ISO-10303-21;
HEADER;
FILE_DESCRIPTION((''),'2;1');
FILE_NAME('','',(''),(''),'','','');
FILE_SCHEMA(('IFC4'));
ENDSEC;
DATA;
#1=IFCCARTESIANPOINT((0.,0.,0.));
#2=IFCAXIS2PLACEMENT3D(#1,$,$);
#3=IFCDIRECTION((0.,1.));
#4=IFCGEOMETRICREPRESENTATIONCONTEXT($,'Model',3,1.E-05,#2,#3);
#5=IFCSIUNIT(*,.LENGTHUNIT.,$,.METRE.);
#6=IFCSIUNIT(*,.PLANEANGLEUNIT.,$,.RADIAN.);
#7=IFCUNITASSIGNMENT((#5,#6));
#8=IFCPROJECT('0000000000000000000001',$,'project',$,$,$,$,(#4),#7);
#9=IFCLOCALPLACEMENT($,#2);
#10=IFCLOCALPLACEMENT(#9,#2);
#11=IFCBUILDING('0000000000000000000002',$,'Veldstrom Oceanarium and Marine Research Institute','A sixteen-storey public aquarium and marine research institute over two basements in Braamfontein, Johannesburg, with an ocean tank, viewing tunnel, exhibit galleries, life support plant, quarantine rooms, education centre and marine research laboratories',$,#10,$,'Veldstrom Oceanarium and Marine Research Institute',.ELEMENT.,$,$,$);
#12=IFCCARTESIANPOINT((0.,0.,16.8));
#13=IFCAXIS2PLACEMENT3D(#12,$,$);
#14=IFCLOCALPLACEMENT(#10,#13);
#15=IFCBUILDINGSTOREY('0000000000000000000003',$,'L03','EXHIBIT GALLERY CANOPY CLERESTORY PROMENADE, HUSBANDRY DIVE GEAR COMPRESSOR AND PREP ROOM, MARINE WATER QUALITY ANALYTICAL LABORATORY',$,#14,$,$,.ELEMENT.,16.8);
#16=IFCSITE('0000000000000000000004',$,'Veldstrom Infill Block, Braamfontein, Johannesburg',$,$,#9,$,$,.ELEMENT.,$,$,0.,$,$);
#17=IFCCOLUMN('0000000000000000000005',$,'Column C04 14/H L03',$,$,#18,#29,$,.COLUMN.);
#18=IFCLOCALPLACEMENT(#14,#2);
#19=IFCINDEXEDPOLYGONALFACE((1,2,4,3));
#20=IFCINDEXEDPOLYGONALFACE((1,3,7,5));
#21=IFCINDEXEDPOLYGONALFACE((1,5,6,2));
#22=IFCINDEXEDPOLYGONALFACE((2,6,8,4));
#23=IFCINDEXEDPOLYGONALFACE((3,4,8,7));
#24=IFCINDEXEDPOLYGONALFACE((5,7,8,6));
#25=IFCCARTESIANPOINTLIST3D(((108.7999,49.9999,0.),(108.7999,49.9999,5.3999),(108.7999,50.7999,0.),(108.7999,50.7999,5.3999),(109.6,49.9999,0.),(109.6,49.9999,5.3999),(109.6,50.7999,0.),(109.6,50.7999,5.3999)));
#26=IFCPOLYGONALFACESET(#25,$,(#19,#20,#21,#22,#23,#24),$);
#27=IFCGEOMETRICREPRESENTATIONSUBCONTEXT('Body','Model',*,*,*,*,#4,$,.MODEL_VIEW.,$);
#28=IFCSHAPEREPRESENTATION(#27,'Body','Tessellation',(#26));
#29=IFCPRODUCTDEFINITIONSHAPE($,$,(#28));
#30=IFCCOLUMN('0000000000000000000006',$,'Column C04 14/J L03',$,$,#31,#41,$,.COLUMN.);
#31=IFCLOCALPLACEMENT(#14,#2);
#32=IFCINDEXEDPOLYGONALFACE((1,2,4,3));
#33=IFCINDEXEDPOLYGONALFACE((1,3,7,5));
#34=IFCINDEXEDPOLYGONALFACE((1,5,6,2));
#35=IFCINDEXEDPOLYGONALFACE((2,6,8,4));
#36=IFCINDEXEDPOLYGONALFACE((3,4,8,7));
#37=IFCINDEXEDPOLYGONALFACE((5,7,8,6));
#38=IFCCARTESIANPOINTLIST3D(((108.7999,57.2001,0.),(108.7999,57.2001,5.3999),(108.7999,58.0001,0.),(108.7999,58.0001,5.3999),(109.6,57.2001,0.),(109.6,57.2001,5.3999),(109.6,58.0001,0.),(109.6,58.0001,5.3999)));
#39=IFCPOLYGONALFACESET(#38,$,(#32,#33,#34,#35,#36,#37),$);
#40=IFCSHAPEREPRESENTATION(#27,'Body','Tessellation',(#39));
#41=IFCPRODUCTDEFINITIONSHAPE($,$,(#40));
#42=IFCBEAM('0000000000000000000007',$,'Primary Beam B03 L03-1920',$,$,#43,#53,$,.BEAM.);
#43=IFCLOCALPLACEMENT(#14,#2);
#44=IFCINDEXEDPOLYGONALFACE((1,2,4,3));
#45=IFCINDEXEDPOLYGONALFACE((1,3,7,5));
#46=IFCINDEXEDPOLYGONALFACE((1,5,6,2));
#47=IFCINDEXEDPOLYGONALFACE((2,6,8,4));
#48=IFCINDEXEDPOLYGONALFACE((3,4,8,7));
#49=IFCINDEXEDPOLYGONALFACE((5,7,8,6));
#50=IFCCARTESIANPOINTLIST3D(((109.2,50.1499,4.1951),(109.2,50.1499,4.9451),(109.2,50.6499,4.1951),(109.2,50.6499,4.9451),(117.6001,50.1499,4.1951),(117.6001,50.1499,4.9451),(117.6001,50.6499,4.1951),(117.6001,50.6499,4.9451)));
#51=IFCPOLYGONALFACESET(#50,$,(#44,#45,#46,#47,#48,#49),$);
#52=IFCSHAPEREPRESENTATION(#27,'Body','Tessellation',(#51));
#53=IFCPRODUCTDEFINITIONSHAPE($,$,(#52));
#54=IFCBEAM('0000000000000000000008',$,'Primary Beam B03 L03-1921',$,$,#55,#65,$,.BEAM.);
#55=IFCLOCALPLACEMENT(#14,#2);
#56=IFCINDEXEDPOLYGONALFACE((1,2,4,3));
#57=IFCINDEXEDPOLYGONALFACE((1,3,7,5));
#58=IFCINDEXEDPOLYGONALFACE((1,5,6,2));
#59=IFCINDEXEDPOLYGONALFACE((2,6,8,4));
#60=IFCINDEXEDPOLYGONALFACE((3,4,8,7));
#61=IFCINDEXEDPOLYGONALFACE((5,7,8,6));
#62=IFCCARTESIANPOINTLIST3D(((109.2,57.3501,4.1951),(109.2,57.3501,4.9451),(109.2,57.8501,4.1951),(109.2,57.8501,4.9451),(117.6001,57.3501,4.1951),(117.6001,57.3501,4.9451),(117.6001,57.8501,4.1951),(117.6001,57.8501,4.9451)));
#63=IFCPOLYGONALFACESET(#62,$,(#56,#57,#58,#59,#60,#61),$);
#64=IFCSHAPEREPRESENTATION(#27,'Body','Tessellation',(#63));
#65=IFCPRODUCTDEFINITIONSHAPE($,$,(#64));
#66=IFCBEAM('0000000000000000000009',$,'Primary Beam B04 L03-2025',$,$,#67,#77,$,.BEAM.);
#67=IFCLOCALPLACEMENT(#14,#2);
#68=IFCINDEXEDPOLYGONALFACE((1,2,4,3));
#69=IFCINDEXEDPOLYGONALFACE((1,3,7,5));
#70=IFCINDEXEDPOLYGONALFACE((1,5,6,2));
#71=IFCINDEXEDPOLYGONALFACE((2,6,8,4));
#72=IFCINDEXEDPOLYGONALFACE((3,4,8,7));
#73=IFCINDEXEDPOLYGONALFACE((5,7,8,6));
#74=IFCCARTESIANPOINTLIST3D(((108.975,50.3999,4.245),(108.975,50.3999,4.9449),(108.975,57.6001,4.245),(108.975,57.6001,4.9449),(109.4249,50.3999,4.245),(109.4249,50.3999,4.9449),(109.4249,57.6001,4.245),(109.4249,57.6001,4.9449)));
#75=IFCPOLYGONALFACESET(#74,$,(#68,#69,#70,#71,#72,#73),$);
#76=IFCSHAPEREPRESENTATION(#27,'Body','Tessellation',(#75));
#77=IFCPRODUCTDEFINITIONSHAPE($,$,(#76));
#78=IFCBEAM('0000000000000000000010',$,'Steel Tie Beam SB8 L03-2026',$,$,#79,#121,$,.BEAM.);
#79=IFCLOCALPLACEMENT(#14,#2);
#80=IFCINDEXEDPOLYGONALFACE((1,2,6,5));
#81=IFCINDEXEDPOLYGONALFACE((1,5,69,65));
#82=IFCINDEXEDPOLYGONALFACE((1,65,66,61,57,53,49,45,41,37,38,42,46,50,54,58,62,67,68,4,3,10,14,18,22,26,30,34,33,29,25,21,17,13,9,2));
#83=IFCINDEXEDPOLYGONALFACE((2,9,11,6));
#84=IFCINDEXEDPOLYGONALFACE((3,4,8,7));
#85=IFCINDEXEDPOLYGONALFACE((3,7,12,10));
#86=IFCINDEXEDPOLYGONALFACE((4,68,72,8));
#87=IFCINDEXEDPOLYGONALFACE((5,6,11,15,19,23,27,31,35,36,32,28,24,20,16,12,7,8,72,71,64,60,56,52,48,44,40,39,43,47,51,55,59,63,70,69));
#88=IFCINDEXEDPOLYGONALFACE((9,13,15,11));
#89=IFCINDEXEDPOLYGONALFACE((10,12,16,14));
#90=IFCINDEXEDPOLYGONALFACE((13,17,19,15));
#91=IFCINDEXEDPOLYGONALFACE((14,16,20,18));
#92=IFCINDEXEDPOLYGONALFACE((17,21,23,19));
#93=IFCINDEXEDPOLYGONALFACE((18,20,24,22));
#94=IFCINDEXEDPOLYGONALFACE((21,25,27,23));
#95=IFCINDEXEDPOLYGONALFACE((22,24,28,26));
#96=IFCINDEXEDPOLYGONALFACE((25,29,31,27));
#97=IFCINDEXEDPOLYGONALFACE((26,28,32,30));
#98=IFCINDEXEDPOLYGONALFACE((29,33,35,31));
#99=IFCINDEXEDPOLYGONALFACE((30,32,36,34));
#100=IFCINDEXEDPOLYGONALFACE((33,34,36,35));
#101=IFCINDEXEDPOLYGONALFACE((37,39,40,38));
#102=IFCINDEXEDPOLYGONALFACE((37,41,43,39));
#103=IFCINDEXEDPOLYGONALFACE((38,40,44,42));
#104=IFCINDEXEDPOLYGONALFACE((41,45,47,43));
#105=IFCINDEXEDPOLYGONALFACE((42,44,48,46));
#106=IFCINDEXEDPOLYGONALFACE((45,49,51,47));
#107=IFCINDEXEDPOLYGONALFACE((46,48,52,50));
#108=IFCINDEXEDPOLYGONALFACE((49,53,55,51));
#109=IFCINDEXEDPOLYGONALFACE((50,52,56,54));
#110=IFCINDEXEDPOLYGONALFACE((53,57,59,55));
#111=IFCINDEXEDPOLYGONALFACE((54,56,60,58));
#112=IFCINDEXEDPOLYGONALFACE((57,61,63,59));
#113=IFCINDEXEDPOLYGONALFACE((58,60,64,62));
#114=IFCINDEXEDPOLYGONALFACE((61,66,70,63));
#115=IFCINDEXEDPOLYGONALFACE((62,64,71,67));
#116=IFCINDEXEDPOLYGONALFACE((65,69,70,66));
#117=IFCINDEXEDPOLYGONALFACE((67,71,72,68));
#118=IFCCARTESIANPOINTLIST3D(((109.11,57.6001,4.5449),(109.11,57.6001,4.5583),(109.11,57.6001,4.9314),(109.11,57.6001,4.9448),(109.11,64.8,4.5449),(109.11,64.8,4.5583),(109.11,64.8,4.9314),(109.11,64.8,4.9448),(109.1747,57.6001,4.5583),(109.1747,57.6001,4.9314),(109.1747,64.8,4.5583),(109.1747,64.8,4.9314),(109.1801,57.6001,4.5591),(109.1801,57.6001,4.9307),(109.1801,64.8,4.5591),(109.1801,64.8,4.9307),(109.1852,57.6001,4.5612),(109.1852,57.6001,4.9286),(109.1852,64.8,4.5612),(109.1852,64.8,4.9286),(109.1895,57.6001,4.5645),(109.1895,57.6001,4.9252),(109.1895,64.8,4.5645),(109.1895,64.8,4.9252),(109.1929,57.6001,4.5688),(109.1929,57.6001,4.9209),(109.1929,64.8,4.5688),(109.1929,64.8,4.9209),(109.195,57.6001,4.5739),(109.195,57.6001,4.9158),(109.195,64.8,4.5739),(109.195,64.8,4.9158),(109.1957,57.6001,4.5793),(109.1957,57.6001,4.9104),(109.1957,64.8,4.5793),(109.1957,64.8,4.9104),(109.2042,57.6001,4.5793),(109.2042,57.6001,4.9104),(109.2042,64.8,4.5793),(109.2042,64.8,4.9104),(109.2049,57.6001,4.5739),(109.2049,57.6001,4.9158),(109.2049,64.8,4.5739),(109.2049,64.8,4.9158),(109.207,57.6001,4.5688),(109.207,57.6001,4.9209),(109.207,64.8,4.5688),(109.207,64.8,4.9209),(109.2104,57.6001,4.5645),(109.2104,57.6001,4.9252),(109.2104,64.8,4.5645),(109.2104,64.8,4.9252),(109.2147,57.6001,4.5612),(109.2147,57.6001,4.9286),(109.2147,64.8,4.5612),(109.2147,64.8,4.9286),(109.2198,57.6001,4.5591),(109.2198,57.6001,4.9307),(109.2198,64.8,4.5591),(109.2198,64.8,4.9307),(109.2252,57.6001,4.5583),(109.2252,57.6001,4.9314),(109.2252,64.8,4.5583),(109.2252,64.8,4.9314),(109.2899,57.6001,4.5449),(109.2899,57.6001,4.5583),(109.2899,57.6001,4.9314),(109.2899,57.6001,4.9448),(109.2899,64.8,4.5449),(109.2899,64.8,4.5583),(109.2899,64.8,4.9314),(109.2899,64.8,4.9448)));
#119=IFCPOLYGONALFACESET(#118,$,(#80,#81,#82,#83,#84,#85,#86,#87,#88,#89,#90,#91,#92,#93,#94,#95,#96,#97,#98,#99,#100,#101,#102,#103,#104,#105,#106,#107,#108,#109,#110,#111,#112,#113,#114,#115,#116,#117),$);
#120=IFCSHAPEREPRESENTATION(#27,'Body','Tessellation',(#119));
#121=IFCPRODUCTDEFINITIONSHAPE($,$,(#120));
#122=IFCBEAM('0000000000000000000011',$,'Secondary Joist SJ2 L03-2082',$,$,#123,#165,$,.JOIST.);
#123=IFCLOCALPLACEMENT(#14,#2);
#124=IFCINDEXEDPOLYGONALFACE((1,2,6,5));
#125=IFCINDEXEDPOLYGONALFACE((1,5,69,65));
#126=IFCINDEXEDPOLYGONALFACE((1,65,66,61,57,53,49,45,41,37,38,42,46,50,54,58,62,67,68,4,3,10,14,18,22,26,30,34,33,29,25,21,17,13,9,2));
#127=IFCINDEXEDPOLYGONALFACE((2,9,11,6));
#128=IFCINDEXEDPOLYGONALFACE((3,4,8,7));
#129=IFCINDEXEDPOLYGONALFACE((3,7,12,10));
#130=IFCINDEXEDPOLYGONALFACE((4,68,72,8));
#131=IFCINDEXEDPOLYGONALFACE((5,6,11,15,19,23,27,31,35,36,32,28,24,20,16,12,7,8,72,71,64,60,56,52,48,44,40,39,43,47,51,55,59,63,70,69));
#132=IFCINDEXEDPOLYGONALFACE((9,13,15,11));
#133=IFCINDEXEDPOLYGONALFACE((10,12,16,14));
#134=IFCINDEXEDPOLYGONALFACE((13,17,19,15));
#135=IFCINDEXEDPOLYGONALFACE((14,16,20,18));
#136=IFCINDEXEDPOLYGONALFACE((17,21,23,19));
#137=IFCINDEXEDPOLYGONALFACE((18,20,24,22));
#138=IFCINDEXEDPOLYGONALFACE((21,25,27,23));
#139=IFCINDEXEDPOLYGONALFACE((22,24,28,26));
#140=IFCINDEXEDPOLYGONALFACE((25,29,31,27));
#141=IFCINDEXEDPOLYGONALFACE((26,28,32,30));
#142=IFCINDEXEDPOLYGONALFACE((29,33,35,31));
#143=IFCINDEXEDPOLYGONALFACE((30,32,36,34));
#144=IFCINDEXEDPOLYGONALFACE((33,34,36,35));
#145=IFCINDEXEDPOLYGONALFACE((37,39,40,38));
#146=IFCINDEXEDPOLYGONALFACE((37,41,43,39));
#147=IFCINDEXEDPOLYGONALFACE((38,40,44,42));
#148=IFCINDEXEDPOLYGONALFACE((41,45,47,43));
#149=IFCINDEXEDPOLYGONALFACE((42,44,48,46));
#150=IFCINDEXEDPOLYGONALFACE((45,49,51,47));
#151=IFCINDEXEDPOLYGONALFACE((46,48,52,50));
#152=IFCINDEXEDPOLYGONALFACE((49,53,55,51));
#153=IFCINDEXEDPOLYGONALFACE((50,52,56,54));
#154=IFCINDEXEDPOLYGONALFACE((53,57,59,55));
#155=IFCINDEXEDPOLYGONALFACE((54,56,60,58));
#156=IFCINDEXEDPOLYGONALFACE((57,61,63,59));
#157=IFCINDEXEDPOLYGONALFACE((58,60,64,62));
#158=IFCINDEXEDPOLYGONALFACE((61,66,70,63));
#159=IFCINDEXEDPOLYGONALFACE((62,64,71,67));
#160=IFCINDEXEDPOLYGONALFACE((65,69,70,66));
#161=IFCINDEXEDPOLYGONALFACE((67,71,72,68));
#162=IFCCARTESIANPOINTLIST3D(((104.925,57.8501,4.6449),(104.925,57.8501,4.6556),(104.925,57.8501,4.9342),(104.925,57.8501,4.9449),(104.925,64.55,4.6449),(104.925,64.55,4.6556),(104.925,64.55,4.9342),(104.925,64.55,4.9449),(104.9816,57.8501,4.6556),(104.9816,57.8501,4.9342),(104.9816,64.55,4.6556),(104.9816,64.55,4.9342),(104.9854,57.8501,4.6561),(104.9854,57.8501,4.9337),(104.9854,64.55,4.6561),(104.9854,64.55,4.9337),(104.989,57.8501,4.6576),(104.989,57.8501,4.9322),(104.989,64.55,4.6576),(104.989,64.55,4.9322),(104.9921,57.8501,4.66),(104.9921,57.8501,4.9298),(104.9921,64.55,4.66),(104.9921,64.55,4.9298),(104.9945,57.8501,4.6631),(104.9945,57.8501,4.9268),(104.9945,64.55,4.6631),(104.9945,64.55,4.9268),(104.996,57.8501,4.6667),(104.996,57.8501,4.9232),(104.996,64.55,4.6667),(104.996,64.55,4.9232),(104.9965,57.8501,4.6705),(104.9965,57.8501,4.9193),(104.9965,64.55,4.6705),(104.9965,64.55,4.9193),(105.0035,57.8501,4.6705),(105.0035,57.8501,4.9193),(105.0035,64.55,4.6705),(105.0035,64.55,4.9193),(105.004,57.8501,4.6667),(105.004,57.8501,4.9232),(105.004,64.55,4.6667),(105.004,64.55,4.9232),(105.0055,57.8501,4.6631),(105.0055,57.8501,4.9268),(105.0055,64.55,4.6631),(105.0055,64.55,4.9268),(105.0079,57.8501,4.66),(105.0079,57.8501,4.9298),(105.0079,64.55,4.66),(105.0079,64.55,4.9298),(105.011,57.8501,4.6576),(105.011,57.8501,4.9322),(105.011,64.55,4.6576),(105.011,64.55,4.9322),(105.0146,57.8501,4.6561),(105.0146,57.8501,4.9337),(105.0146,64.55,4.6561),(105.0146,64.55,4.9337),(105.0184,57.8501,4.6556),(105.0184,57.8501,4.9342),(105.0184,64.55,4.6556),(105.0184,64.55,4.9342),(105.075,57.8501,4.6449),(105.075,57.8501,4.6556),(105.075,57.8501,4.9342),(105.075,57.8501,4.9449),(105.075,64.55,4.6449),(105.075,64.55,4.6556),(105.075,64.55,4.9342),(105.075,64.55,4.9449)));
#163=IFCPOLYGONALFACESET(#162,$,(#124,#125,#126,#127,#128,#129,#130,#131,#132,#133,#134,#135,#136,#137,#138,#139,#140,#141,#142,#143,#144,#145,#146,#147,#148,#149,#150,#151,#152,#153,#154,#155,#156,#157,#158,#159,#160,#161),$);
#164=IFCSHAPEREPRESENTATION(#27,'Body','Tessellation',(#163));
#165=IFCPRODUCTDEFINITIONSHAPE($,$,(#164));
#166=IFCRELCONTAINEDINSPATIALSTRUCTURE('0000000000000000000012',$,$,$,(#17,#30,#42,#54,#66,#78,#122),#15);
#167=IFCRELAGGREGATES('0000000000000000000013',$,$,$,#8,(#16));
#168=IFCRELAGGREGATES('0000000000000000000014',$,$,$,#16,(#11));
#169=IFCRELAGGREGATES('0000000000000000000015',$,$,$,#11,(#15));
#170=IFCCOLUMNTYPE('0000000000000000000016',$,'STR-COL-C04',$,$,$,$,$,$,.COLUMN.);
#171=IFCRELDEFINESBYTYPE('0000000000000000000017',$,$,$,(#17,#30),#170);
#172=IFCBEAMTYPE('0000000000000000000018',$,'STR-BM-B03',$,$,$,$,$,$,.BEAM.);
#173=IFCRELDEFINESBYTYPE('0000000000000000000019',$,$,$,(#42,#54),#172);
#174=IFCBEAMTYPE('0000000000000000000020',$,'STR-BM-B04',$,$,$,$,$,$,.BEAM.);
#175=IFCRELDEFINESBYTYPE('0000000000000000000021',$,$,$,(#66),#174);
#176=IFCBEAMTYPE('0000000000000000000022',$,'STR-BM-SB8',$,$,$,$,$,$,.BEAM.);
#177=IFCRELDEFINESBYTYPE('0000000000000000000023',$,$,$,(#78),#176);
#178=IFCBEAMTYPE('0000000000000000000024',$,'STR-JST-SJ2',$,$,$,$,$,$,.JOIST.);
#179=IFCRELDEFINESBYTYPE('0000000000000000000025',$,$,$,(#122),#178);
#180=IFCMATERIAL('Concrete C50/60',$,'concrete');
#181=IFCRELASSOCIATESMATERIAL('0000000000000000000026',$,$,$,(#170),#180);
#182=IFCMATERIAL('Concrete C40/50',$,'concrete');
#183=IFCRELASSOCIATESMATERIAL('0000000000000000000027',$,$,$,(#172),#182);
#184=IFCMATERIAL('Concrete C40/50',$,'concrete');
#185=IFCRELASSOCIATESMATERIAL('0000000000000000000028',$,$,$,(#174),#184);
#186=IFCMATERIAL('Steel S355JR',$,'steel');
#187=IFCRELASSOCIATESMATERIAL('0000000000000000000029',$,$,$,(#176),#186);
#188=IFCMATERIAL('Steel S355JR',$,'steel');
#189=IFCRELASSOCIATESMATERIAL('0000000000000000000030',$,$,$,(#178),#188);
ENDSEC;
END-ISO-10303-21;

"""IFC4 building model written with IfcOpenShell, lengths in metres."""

from ifc_helpers import new_model, si_unit, direction, frame, origin, origin_2d, place, context, subcontext, project, spatial, rectangle, i_section, extrude, material, material_profile, profile_set, type_object, element, save


model = new_model("IFC4")

# Units and contexts
model_context = context("Model", 3, precision=1e-05, world=origin(), true_north=direction((0.0, 1.0)))
body_context = subcontext(model_context, "Body", "Model", "MODEL_VIEW")
ifc_project = project(units=[si_unit("LENGTHUNIT", "METRE"), si_unit("PLANEANGLEUNIT", "RADIAN")], contexts=[model_context])

# Site, building, storey
site_placement = place(None, origin())
site = spatial("IfcSite", under=ifc_project, at=site_placement, Name="Veldstrom Infill Block, Braamfontein, Johannesburg", CompositionType="ELEMENT", RefElevation=0.0)
building_placement = place(site_placement, origin())
building = spatial("IfcBuilding", under=site, at=building_placement, Name="Veldstrom Oceanarium and Marine Research Institute", Description="A sixteen-storey public aquarium and marine research institute over two basements in Braamfontein, Johannesburg, with an ocean tank, viewing tunnel, exhibit galleries, life support plant, quarantine rooms, education centre and marine research laboratories", LongName="Veldstrom Oceanarium and Marine Research Institute", CompositionType="ELEMENT")
storey_placement = place(building_placement, frame((0.0, 0.0, 16.8)))
storey = spatial("IfcBuildingStorey", under=building, at=storey_placement, Name="L03", Description="EXHIBIT GALLERY CANOPY CLERESTORY PROMENADE, HUSBANDRY DIVE GEAR COMPRESSOR AND PREP ROOM, MARINE WATER QUALITY ANALYTICAL LABORATORY", CompositionType="ELEMENT", Elevation=16.8)

# Columns
ifc_material_1 = material(Name="Concrete C50/60", Category="concrete")
ifc_material_profile_1 = material_profile(ifc_material_1, rectangle(XDim=0.8, YDim=0.8, at=origin_2d()), Name="RC-COL-800x800")
ifc_profile_set_1 = profile_set([ifc_material_profile_1], Name="Concrete C50/60")
column_type = type_object("IfcColumnType", Name="STR-COL-C04", PredefinedType="COLUMN", material=ifc_profile_set_1)
for number, where, z_axis, x_axis, name in (
    (1, (109.2, 50.3999, 0.0), (0.0, 0.0, 1.0), (1.0, 0.0, 0.0), "Column C04 14/H L03"),
    (2, (109.2, 57.6001, 0.0), (0.0, 0.0, 1.0), (1.0, 0.0, 0.0), "Column C04 14/J L03"),
):
    element("IfcColumn", number, at=place(storey_placement, frame(where, z_axis=z_axis, x_axis=x_axis)), inside=storey, type_object=column_type, Name=name, PredefinedType="COLUMN", context=body_context, shape_type="SweptSolid", body=[
        extrude(rectangle(XDim=0.8, YDim=0.8, at=origin_2d()), origin(), (0.0, 0.0, 1.0), 5.3999),
    ])

# Beams
ifc_material_2 = material(Name="Concrete C40/50", Category="concrete")
ifc_material_profile_2 = material_profile(ifc_material_2, rectangle(XDim=0.5, YDim=0.75, at=origin_2d()), Name="RC-BM-500x750")
ifc_profile_set_2 = profile_set([ifc_material_profile_2], Name="Concrete C40/50")
beam_type_1 = type_object("IfcBeamType", Name="STR-BM-B03", PredefinedType="BEAM", material=ifc_profile_set_2)
for number, where, z_axis, x_axis, name in (
    (3, (109.2, 50.3999, 4.5701), (1.0, 0.0, 0.0), (0.0, 1.0, 0.0), "Primary Beam B03 L03-1920"),
    (4, (109.2, 57.6001, 4.5701), (1.0, 0.0, 0.0), (0.0, 1.0, 0.0), "Primary Beam B03 L03-1921"),
):
    element("IfcBeam", number, at=place(storey_placement, frame(where, z_axis=z_axis, x_axis=x_axis)), inside=storey, type_object=beam_type_1, Name=name, PredefinedType="BEAM", context=body_context, shape_type="SweptSolid", body=[
        extrude(rectangle(XDim=0.5, YDim=0.75, at=origin_2d()), origin(), (0.0, 0.0, 1.0), 8.4001),
    ])
ifc_material_3 = material(Name="Concrete C40/50", Category="concrete")
ifc_material_profile_3 = material_profile(ifc_material_3, rectangle(XDim=0.45, YDim=0.7, at=origin_2d()), Name="RC-BM-450x700")
ifc_profile_set_3 = profile_set([ifc_material_profile_3], Name="Concrete C40/50")
beam_type_2 = type_object("IfcBeamType", Name="STR-BM-B04", PredefinedType="BEAM", material=ifc_profile_set_3)
beam_1_placement = place(storey_placement, frame((109.2, 50.3999, 4.595), z_axis=(0.0, 1.0, 0.0), x_axis=(-1.0, 0.0, 0.0)))
element("IfcBeam", 5, at=beam_1_placement, inside=storey, type_object=beam_type_2, Name="Primary Beam B04 L03-2025", PredefinedType="BEAM", context=body_context, shape_type="SweptSolid", body=[
    extrude(rectangle(XDim=0.45, YDim=0.7, at=origin_2d()), origin(), (0.0, 0.0, 1.0), 7.2002),
])
ifc_material_4 = material(Name="Steel S355JR", Category="steel")
ifc_material_profile_4 = material_profile(ifc_material_4, i_section(OverallWidth=0.1799, OverallDepth=0.3999, WebThickness=0.0085, FlangeThickness=0.0134, FilletRadius=0.021, at=origin_2d()), Name="IPE 400")
ifc_profile_set_4 = profile_set([ifc_material_profile_4], Name="Steel S355JR")
beam_type_3 = type_object("IfcBeamType", Name="STR-BM-SB8", PredefinedType="BEAM", material=ifc_profile_set_4)
beam_2_placement = place(storey_placement, frame((109.2, 57.6001, 4.7449), z_axis=(0.0, 1.0, 0.0), x_axis=(-1.0, 0.0, 0.0)))
element("IfcBeam", 6, at=beam_2_placement, inside=storey, type_object=beam_type_3, Name="Steel Tie Beam SB8 L03-2026", PredefinedType="BEAM", context=body_context, shape_type="SweptSolid", body=[
    extrude(i_section(OverallWidth=0.1799, OverallDepth=0.3999, WebThickness=0.0085, FlangeThickness=0.0134, FilletRadius=0.021, at=origin_2d()), origin(), (0.0, 0.0, 1.0), 7.2),
])
ifc_material_5 = material(Name="Steel S355JR", Category="steel")
ifc_material_profile_5 = material_profile(ifc_material_5, i_section(OverallWidth=0.1499, OverallDepth=0.3, WebThickness=0.0071, FlangeThickness=0.0107, FilletRadius=0.0149, at=origin_2d()), Name="IPE 300")
ifc_profile_set_5 = profile_set([ifc_material_profile_5], Name="Steel S355JR")
beam_type_4 = type_object("IfcBeamType", Name="STR-JST-SJ2", PredefinedType="JOIST", material=ifc_profile_set_5)
beam_3_placement = place(storey_placement, frame((105.0, 57.8501, 4.7949), z_axis=(0.0, 1.0, 0.0), x_axis=(-1.0, 0.0, 0.0)))
element("IfcBeam", 7, at=beam_3_placement, inside=storey, type_object=beam_type_4, Name="Secondary Joist SJ2 L03-2082", PredefinedType="JOIST", context=body_context, shape_type="SweptSolid", body=[
    extrude(i_section(OverallWidth=0.1499, OverallDepth=0.3, WebThickness=0.0071, FlangeThickness=0.0107, FilletRadius=0.0149, at=origin_2d()), origin(), (0.0, 0.0, 1.0), 6.7),
])

save(model, "model.ifc")
